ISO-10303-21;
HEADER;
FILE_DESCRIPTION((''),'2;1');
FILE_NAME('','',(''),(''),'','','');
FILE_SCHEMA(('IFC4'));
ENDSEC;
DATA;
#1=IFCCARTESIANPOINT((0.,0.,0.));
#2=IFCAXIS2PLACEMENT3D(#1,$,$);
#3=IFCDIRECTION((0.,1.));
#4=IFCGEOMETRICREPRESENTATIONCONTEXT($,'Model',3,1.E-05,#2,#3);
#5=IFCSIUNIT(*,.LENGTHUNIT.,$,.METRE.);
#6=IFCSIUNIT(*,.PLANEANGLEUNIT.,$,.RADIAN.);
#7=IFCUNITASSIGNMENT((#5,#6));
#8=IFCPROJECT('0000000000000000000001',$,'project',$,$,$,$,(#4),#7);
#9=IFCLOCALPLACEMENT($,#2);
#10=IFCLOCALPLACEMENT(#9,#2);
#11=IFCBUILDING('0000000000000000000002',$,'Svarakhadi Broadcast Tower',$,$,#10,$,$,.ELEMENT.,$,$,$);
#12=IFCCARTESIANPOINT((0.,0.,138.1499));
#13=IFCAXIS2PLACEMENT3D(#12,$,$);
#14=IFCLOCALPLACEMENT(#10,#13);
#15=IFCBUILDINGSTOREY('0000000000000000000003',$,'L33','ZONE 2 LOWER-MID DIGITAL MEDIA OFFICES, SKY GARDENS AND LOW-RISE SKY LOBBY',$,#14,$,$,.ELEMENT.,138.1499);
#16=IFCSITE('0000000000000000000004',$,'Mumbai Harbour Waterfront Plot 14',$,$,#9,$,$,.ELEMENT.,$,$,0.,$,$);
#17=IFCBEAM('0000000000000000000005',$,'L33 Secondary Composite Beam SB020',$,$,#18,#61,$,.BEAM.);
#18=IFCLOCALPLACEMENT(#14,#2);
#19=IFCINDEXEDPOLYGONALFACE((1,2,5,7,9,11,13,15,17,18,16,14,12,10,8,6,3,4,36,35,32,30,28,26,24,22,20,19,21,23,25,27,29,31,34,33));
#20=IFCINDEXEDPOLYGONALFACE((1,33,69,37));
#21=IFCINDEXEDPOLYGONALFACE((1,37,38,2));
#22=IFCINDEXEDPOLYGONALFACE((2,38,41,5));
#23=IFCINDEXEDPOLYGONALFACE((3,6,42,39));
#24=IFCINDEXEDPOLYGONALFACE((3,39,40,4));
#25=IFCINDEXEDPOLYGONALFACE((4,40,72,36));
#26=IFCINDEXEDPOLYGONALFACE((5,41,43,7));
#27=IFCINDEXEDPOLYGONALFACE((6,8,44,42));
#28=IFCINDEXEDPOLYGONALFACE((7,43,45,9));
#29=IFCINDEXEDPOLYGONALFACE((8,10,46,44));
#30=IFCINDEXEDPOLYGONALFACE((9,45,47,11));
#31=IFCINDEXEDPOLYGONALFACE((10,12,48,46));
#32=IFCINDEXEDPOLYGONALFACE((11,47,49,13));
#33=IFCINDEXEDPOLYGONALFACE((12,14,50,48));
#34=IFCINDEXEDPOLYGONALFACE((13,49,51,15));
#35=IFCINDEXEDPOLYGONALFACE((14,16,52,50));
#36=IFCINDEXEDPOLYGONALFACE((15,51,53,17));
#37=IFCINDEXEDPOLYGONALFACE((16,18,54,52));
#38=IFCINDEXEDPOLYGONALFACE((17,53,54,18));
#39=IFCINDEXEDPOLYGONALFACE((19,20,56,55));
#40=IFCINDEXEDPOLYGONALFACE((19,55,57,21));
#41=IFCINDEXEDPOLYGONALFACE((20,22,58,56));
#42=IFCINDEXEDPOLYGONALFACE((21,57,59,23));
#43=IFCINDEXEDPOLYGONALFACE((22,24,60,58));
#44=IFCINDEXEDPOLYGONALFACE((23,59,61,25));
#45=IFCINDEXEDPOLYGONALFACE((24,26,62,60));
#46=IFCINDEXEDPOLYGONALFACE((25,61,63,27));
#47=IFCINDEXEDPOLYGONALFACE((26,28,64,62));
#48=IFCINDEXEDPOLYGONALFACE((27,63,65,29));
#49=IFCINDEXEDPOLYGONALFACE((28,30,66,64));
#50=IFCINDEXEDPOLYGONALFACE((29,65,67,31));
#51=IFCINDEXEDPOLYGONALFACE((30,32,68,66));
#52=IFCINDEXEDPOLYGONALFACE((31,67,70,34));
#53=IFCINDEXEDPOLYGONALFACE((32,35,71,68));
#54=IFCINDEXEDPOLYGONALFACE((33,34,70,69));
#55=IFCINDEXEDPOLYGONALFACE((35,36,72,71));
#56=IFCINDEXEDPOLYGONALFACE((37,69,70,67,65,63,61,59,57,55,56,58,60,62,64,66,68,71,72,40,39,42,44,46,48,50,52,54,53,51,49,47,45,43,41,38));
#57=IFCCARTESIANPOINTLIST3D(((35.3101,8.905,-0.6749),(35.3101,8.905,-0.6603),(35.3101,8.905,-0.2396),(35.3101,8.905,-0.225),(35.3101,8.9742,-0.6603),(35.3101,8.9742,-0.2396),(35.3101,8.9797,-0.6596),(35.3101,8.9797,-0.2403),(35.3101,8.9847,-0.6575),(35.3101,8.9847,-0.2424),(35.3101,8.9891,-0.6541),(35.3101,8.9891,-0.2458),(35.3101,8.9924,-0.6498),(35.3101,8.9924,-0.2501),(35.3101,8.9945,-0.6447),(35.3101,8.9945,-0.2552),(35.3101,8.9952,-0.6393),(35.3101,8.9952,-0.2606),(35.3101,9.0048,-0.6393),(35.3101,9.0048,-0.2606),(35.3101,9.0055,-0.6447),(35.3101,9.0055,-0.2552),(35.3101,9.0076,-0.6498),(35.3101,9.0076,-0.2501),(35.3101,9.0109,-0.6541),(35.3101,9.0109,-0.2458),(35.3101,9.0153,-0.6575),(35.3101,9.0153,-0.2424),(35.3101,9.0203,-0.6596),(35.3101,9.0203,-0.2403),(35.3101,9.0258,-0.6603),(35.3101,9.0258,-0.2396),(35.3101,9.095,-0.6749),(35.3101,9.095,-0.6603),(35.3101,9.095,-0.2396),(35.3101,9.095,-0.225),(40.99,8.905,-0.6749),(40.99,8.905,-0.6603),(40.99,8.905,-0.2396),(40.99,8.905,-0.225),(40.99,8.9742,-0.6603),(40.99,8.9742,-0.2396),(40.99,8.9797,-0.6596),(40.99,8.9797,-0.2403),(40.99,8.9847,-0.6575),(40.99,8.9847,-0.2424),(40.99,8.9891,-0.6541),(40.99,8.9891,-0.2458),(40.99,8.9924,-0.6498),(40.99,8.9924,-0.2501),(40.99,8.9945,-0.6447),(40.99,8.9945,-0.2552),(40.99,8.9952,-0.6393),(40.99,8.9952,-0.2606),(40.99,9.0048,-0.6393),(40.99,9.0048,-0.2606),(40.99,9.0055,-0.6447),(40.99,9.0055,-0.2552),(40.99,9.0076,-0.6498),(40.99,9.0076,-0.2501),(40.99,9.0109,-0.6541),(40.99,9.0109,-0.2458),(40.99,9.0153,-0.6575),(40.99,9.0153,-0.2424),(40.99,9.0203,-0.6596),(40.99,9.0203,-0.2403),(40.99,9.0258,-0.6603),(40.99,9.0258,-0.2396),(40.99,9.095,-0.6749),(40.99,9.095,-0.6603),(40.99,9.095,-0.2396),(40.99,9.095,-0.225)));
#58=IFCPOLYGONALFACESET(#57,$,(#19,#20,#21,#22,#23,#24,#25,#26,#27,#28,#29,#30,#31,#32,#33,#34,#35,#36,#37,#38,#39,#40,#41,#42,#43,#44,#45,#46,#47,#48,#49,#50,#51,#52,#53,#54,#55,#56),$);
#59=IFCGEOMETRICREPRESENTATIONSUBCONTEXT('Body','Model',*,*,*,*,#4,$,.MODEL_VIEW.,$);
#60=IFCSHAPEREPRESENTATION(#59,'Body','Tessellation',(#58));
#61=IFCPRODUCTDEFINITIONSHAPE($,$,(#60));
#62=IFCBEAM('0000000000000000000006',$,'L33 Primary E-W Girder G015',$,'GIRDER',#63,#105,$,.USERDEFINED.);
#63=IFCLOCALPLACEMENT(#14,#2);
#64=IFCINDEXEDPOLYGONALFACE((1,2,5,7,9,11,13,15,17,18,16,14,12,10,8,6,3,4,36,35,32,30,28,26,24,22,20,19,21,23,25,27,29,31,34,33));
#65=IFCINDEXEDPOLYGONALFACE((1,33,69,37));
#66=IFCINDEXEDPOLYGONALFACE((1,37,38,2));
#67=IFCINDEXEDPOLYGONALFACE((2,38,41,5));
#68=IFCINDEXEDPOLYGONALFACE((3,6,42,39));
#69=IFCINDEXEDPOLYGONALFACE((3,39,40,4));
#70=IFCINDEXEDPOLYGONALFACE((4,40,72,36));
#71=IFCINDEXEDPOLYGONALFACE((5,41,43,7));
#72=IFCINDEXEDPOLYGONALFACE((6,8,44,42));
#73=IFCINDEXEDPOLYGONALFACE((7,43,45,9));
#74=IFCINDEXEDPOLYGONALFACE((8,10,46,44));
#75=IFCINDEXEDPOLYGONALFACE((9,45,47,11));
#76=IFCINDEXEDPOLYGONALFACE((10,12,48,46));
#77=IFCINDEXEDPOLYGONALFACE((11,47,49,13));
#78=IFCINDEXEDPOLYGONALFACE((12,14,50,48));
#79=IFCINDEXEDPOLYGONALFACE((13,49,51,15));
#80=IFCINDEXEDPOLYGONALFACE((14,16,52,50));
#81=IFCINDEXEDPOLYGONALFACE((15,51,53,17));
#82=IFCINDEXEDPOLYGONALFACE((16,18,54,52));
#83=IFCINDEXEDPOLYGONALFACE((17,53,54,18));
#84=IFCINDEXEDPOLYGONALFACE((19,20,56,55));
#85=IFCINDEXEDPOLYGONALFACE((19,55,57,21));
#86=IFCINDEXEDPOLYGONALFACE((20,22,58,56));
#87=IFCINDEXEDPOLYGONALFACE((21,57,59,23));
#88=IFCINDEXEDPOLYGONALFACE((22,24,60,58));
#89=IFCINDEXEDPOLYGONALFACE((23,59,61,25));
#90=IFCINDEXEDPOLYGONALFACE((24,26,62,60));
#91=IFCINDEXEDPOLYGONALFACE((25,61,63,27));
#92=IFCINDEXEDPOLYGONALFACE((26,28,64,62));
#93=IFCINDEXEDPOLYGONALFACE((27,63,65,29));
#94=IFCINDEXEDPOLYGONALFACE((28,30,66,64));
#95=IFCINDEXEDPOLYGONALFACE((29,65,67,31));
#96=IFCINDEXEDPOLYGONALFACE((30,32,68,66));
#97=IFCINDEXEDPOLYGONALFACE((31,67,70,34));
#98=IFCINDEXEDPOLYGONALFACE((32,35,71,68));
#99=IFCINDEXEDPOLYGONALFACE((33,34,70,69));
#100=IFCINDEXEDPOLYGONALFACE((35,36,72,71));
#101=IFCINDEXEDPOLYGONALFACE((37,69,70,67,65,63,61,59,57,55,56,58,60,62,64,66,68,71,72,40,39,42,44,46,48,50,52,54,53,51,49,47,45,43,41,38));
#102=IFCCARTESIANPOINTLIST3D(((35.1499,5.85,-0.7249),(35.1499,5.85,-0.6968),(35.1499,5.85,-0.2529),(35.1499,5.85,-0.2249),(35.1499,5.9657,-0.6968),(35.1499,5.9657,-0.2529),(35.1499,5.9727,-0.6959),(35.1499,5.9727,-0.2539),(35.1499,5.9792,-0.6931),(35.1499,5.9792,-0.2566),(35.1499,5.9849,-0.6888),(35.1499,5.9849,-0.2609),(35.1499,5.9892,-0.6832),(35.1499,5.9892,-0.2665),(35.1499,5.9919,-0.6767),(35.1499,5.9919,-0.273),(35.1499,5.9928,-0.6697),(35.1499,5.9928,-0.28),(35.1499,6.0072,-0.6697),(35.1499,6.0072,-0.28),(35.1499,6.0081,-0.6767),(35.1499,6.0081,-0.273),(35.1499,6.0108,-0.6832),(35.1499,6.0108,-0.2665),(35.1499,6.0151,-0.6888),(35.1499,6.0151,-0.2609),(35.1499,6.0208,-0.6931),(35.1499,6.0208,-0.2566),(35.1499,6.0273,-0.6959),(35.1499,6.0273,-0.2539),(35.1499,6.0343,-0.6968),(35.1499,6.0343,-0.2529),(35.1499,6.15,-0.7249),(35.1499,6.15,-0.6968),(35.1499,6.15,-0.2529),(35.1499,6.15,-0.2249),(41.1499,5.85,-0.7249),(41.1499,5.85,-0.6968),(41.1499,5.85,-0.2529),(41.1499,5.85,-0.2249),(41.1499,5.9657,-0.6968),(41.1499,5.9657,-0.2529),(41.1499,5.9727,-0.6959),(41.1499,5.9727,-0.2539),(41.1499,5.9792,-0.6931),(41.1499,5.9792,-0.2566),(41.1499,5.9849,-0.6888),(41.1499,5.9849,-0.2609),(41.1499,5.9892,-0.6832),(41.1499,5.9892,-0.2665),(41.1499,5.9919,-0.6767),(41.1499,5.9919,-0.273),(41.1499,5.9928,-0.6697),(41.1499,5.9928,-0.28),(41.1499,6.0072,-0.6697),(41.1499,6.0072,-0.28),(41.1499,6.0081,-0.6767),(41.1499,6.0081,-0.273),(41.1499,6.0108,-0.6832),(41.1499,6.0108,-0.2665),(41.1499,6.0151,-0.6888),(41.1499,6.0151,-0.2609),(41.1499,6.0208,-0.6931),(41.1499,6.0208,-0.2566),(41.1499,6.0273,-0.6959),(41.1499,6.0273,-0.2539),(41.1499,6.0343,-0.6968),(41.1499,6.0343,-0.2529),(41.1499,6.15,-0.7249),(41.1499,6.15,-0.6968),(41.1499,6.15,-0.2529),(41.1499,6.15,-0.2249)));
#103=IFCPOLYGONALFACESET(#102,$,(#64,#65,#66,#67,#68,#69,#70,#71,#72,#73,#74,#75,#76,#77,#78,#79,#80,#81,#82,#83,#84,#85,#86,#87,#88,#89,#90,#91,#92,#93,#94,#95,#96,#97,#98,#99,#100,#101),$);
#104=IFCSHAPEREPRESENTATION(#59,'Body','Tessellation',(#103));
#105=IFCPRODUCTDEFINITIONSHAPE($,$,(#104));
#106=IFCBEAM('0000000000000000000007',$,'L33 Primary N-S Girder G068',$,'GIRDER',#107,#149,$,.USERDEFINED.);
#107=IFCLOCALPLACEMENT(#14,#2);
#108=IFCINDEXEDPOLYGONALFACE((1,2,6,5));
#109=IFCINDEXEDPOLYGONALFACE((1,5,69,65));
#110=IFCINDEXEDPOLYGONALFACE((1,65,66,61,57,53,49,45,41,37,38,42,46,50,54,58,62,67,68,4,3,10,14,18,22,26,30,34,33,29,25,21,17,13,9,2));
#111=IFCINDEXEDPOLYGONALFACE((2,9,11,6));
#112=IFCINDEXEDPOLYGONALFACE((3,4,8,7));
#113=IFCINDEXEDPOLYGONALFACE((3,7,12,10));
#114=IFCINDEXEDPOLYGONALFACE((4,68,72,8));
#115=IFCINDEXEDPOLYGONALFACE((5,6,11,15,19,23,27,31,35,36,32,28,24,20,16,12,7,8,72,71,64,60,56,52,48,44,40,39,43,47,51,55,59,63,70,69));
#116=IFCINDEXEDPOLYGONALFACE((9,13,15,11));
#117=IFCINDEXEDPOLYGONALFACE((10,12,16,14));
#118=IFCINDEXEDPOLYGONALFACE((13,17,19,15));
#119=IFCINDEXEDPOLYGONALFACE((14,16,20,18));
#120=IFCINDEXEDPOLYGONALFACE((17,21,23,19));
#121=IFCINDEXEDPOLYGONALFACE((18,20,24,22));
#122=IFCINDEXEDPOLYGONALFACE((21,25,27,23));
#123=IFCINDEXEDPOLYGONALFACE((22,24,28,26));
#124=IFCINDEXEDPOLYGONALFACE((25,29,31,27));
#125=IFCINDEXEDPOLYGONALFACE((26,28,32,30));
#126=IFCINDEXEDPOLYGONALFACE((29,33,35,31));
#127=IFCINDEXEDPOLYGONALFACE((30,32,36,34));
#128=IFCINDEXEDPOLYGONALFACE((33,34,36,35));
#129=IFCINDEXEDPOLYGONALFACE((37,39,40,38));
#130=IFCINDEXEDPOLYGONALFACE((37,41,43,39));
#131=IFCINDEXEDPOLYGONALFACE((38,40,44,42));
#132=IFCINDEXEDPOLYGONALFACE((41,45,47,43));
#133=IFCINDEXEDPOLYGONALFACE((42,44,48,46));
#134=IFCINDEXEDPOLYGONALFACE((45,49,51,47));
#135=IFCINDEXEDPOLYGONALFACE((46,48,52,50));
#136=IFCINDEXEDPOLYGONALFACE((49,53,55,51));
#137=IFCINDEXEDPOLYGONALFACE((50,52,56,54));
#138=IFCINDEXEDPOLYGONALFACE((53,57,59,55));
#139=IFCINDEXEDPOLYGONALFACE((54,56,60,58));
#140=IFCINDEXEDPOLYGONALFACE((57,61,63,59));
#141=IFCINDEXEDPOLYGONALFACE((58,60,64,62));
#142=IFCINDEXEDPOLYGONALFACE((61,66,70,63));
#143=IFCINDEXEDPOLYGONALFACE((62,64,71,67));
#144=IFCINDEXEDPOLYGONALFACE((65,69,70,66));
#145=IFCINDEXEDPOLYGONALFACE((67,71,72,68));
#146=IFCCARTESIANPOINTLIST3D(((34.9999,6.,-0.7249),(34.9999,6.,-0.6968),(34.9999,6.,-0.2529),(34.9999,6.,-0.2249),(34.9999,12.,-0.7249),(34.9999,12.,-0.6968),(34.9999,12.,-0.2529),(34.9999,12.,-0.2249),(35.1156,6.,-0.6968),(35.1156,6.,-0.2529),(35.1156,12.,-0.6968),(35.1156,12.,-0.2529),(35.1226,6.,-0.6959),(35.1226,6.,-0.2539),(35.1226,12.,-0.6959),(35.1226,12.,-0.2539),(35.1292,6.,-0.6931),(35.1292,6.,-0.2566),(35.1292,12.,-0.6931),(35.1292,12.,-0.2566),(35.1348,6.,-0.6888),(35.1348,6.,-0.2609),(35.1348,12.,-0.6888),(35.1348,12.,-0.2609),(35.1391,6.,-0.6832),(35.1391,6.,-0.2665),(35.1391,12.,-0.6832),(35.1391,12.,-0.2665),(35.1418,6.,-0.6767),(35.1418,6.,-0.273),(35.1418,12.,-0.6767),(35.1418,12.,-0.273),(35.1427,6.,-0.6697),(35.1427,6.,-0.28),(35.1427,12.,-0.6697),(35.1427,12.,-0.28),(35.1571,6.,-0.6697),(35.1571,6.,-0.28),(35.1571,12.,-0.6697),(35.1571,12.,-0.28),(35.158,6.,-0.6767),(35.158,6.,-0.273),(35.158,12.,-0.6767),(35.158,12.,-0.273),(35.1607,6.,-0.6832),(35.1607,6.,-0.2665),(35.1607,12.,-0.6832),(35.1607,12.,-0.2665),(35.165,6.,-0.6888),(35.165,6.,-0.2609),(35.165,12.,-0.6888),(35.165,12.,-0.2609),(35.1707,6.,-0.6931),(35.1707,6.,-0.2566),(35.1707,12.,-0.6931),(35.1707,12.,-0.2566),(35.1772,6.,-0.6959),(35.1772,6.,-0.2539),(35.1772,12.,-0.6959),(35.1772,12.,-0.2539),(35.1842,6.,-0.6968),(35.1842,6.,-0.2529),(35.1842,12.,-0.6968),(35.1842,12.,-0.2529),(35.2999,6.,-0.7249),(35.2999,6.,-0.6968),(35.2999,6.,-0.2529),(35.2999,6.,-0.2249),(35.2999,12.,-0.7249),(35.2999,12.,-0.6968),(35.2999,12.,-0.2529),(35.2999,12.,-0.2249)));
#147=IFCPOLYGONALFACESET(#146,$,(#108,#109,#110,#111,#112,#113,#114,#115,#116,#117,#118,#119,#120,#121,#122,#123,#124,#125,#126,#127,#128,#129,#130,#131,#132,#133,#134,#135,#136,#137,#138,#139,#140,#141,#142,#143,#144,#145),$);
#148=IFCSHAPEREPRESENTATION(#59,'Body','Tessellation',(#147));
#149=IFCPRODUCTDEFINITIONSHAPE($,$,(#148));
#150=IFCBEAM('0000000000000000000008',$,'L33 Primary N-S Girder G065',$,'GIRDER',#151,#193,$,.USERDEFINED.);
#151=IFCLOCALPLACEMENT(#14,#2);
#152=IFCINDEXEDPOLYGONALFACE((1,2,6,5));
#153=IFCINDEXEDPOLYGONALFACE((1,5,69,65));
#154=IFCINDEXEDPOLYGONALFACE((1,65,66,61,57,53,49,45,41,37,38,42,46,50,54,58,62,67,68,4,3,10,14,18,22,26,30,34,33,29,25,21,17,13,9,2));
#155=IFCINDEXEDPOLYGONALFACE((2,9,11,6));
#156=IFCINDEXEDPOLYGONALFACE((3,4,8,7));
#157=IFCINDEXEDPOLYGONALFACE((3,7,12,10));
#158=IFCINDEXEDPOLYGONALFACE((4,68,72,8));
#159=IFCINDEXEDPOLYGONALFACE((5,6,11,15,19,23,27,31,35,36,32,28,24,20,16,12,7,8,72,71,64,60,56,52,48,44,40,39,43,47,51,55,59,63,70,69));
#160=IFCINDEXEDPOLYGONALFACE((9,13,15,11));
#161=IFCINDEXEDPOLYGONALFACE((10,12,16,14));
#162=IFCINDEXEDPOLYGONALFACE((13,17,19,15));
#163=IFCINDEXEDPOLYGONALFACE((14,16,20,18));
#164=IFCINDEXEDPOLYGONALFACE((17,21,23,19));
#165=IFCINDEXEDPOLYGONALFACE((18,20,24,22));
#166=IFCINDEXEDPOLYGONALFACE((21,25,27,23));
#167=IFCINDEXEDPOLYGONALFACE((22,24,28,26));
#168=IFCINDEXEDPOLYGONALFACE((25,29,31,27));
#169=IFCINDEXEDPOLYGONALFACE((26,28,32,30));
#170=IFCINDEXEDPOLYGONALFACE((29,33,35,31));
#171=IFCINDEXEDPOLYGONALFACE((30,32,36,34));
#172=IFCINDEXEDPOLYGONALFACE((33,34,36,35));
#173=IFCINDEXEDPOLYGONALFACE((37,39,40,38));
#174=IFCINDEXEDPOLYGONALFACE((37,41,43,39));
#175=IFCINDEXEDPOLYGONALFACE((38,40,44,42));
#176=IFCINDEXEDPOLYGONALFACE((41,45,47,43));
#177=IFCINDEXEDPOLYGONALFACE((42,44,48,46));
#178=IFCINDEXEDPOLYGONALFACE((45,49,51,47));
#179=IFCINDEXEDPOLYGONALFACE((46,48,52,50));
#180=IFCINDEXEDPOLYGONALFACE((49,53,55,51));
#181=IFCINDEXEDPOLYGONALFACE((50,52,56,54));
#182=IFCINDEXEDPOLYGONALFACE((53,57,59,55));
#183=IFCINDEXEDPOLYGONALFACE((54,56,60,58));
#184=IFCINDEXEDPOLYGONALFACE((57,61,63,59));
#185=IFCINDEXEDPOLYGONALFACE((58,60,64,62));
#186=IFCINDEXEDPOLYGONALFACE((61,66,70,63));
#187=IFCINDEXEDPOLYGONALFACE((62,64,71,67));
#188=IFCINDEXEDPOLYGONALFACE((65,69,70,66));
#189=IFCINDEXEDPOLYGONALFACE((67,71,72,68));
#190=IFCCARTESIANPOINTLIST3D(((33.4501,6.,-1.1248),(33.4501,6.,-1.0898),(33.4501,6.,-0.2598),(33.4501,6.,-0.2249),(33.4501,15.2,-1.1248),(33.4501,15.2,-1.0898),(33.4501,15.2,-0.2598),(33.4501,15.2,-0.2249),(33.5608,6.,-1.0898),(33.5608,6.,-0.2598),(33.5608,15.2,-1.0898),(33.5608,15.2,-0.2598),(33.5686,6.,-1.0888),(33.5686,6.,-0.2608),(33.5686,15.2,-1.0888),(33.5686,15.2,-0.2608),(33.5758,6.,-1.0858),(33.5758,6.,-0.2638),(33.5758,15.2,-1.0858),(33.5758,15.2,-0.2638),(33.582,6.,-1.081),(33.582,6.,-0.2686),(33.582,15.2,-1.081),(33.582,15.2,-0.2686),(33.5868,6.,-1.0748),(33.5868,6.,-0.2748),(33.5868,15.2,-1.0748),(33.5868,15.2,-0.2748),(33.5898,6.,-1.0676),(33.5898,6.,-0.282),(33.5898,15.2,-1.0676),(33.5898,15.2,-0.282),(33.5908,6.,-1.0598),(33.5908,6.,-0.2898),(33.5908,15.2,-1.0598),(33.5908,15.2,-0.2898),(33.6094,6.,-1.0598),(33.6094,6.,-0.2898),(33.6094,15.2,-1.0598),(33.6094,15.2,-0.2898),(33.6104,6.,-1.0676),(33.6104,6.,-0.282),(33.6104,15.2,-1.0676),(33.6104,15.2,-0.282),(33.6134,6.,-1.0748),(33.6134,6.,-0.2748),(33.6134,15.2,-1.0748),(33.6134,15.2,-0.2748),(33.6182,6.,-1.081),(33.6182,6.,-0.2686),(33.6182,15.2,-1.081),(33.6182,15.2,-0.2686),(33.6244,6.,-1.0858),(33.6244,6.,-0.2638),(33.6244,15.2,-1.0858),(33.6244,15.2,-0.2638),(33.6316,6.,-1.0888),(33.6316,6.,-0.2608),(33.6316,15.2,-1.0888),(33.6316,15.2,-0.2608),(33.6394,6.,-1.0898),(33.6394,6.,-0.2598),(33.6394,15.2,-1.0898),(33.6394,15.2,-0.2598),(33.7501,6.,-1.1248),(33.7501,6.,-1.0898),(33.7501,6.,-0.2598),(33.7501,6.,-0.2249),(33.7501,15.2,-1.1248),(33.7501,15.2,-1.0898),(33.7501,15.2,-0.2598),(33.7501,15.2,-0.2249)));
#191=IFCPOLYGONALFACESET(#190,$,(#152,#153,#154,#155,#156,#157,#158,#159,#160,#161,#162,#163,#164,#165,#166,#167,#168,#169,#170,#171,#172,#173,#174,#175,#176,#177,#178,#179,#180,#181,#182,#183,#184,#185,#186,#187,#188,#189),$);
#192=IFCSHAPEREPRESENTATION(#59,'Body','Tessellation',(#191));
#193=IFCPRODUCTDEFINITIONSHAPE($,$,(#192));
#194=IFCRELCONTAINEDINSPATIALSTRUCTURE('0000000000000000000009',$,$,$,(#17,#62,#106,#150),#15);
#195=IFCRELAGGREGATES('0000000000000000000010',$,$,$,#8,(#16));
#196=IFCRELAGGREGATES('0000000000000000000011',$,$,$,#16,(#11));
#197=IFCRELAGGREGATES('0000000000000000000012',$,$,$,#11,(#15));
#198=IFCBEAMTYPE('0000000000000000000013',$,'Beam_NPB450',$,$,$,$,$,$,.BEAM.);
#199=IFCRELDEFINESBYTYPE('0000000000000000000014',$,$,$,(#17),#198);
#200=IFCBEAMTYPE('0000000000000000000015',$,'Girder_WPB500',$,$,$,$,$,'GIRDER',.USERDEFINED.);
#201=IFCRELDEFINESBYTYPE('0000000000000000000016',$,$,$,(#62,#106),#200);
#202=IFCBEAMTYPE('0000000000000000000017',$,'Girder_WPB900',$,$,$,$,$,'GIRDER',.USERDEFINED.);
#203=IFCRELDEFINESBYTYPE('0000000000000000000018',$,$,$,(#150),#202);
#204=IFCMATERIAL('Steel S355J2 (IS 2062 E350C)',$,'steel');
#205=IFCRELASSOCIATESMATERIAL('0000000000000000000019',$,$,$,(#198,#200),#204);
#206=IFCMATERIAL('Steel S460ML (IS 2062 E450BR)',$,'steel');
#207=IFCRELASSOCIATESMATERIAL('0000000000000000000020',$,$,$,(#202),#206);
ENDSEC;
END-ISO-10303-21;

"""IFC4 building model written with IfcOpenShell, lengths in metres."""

from ifc_helpers import new_model, si_unit, direction, frame, origin, origin_2d, place, context, subcontext, project, spatial, i_section, extrude, material, material_profile, profile_set, type_object, element, save


model = new_model("IFC4")

# Units and contexts
model_context = context("Model", 3, precision=1e-05, world=origin(), true_north=direction((0.0, 1.0)))
body_context = subcontext(model_context, "Body", "Model", "MODEL_VIEW")
ifc_project = project(units=[si_unit("LENGTHUNIT", "METRE"), si_unit("PLANEANGLEUNIT", "RADIAN")], contexts=[model_context])

# Site, building, storey
site_placement = place(None, origin())
site = spatial("IfcSite", under=ifc_project, at=site_placement, Name="Mumbai Harbour Waterfront Plot 14", CompositionType="ELEMENT", RefElevation=0.0)
building_placement = place(site_placement, origin())
building = spatial("IfcBuilding", under=site, at=building_placement, Name="Svarakhadi Broadcast Tower", CompositionType="ELEMENT")
storey_placement = place(building_placement, frame((0.0, 0.0, 138.1499)))
storey = spatial("IfcBuildingStorey", under=building, at=storey_placement, Name="L33", Description="ZONE 2 LOWER-MID DIGITAL MEDIA OFFICES, SKY GARDENS AND LOW-RISE SKY LOBBY", CompositionType="ELEMENT", Elevation=138.1499)

# Shared definitions
ifc_material_1 = material(Name="Steel S460ML (IS 2062 E450BR)", Category="steel")

# Beams
ifc_material_2 = material(Name="Steel S355J2 (IS 2062 E350C)", Category="steel")
ifc_material_profile_1 = material_profile(ifc_material_2, i_section(OverallWidth=0.1899, OverallDepth=0.45, WebThickness=0.0095, FlangeThickness=0.0146, FilletRadius=0.021, at=origin_2d()), Name="NPB 450x190x78")
ifc_profile_set_1 = profile_set([ifc_material_profile_1], Name="Steel S355J2 (IS 2062 E350C)")
beam_type_1 = type_object("IfcBeamType", Name="Beam_NPB450", PredefinedType="BEAM", material=ifc_profile_set_1)
beam_1_placement = place(storey_placement, frame((35.3101, 9.0, -0.45), z_axis=(1.0, 0.0, 0.0), x_axis=(0.0, 1.0, 0.0)))
element("IfcBeam", 1, at=beam_1_placement, inside=storey, type_object=beam_type_1, Name="L33 Secondary Composite Beam SB020", PredefinedType="BEAM", context=body_context, shape_type="SweptSolid", body=[
    extrude(i_section(OverallWidth=0.1899, OverallDepth=0.45, WebThickness=0.0095, FlangeThickness=0.0146, FilletRadius=0.021, at=origin_2d()), origin(), (0.0, 0.0, 1.0), 5.6799),
])
ifc_material_profile_2 = material_profile(ifc_material_2, i_section(OverallWidth=0.3, OverallDepth=0.5, WebThickness=0.0144, FlangeThickness=0.0281, FilletRadius=0.0271, at=origin_2d()), Name="WPB 500x300x187")
ifc_profile_set_2 = profile_set([ifc_material_profile_2], Name="Steel S355J2 (IS 2062 E350C)")
beam_type_2 = type_object("IfcBeamType", Name="Girder_WPB500", ElementType="GIRDER", PredefinedType="USERDEFINED", material=ifc_profile_set_2)
for number, where, z_axis, x_axis, name in (
    (2, (35.1499, 6.0, -0.4749), (1.0, 0.0, 0.0), (0.0, 1.0, 0.0), "L33 Primary E-W Girder G015"),
    (3, (35.1499, 6.0, -0.4749), (0.0, 1.0, 0.0), (-1.0, 0.0, 0.0), "L33 Primary N-S Girder G068"),
):
    element("IfcBeam", number, at=place(storey_placement, frame(where, z_axis=z_axis, x_axis=x_axis)), inside=storey, type_object=beam_type_2, Name=name, ObjectType="GIRDER", PredefinedType="USERDEFINED", context=body_context, shape_type="SweptSolid", body=[
        extrude(i_section(OverallWidth=0.3, OverallDepth=0.5, WebThickness=0.0144, FlangeThickness=0.0281, FilletRadius=0.0271, at=origin_2d()), origin(), (0.0, 0.0, 1.0), 6.0),
    ])
ifc_material_profile_3 = material_profile(ifc_material_1, i_section(OverallWidth=0.3, OverallDepth=0.8999, WebThickness=0.0186, FlangeThickness=0.0349, FilletRadius=0.03, at=origin_2d()), Name="WPB 900x300x291")
ifc_profile_set_3 = profile_set([ifc_material_profile_3], Name="Steel S460ML (IS 2062 E450BR)")
beam_type_3 = type_object("IfcBeamType", Name="Girder_WPB900", ElementType="GIRDER", PredefinedType="USERDEFINED", material=ifc_profile_set_3)
beam_2_placement = place(storey_placement, frame((33.6001, 6.0, -0.6748), z_axis=(0.0, 1.0, 0.0), x_axis=(-1.0, 0.0, 0.0)))
element("IfcBeam", 4, at=beam_2_placement, inside=storey, type_object=beam_type_3, Name="L33 Primary N-S Girder G065", ObjectType="GIRDER", PredefinedType="USERDEFINED", context=body_context, shape_type="SweptSolid", body=[
    extrude(i_section(OverallWidth=0.3, OverallDepth=0.8999, WebThickness=0.0186, FlangeThickness=0.0349, FilletRadius=0.03, at=origin_2d()), origin(), (0.0, 0.0, 1.0), 9.2),
])

save(model, "model.ifc")
